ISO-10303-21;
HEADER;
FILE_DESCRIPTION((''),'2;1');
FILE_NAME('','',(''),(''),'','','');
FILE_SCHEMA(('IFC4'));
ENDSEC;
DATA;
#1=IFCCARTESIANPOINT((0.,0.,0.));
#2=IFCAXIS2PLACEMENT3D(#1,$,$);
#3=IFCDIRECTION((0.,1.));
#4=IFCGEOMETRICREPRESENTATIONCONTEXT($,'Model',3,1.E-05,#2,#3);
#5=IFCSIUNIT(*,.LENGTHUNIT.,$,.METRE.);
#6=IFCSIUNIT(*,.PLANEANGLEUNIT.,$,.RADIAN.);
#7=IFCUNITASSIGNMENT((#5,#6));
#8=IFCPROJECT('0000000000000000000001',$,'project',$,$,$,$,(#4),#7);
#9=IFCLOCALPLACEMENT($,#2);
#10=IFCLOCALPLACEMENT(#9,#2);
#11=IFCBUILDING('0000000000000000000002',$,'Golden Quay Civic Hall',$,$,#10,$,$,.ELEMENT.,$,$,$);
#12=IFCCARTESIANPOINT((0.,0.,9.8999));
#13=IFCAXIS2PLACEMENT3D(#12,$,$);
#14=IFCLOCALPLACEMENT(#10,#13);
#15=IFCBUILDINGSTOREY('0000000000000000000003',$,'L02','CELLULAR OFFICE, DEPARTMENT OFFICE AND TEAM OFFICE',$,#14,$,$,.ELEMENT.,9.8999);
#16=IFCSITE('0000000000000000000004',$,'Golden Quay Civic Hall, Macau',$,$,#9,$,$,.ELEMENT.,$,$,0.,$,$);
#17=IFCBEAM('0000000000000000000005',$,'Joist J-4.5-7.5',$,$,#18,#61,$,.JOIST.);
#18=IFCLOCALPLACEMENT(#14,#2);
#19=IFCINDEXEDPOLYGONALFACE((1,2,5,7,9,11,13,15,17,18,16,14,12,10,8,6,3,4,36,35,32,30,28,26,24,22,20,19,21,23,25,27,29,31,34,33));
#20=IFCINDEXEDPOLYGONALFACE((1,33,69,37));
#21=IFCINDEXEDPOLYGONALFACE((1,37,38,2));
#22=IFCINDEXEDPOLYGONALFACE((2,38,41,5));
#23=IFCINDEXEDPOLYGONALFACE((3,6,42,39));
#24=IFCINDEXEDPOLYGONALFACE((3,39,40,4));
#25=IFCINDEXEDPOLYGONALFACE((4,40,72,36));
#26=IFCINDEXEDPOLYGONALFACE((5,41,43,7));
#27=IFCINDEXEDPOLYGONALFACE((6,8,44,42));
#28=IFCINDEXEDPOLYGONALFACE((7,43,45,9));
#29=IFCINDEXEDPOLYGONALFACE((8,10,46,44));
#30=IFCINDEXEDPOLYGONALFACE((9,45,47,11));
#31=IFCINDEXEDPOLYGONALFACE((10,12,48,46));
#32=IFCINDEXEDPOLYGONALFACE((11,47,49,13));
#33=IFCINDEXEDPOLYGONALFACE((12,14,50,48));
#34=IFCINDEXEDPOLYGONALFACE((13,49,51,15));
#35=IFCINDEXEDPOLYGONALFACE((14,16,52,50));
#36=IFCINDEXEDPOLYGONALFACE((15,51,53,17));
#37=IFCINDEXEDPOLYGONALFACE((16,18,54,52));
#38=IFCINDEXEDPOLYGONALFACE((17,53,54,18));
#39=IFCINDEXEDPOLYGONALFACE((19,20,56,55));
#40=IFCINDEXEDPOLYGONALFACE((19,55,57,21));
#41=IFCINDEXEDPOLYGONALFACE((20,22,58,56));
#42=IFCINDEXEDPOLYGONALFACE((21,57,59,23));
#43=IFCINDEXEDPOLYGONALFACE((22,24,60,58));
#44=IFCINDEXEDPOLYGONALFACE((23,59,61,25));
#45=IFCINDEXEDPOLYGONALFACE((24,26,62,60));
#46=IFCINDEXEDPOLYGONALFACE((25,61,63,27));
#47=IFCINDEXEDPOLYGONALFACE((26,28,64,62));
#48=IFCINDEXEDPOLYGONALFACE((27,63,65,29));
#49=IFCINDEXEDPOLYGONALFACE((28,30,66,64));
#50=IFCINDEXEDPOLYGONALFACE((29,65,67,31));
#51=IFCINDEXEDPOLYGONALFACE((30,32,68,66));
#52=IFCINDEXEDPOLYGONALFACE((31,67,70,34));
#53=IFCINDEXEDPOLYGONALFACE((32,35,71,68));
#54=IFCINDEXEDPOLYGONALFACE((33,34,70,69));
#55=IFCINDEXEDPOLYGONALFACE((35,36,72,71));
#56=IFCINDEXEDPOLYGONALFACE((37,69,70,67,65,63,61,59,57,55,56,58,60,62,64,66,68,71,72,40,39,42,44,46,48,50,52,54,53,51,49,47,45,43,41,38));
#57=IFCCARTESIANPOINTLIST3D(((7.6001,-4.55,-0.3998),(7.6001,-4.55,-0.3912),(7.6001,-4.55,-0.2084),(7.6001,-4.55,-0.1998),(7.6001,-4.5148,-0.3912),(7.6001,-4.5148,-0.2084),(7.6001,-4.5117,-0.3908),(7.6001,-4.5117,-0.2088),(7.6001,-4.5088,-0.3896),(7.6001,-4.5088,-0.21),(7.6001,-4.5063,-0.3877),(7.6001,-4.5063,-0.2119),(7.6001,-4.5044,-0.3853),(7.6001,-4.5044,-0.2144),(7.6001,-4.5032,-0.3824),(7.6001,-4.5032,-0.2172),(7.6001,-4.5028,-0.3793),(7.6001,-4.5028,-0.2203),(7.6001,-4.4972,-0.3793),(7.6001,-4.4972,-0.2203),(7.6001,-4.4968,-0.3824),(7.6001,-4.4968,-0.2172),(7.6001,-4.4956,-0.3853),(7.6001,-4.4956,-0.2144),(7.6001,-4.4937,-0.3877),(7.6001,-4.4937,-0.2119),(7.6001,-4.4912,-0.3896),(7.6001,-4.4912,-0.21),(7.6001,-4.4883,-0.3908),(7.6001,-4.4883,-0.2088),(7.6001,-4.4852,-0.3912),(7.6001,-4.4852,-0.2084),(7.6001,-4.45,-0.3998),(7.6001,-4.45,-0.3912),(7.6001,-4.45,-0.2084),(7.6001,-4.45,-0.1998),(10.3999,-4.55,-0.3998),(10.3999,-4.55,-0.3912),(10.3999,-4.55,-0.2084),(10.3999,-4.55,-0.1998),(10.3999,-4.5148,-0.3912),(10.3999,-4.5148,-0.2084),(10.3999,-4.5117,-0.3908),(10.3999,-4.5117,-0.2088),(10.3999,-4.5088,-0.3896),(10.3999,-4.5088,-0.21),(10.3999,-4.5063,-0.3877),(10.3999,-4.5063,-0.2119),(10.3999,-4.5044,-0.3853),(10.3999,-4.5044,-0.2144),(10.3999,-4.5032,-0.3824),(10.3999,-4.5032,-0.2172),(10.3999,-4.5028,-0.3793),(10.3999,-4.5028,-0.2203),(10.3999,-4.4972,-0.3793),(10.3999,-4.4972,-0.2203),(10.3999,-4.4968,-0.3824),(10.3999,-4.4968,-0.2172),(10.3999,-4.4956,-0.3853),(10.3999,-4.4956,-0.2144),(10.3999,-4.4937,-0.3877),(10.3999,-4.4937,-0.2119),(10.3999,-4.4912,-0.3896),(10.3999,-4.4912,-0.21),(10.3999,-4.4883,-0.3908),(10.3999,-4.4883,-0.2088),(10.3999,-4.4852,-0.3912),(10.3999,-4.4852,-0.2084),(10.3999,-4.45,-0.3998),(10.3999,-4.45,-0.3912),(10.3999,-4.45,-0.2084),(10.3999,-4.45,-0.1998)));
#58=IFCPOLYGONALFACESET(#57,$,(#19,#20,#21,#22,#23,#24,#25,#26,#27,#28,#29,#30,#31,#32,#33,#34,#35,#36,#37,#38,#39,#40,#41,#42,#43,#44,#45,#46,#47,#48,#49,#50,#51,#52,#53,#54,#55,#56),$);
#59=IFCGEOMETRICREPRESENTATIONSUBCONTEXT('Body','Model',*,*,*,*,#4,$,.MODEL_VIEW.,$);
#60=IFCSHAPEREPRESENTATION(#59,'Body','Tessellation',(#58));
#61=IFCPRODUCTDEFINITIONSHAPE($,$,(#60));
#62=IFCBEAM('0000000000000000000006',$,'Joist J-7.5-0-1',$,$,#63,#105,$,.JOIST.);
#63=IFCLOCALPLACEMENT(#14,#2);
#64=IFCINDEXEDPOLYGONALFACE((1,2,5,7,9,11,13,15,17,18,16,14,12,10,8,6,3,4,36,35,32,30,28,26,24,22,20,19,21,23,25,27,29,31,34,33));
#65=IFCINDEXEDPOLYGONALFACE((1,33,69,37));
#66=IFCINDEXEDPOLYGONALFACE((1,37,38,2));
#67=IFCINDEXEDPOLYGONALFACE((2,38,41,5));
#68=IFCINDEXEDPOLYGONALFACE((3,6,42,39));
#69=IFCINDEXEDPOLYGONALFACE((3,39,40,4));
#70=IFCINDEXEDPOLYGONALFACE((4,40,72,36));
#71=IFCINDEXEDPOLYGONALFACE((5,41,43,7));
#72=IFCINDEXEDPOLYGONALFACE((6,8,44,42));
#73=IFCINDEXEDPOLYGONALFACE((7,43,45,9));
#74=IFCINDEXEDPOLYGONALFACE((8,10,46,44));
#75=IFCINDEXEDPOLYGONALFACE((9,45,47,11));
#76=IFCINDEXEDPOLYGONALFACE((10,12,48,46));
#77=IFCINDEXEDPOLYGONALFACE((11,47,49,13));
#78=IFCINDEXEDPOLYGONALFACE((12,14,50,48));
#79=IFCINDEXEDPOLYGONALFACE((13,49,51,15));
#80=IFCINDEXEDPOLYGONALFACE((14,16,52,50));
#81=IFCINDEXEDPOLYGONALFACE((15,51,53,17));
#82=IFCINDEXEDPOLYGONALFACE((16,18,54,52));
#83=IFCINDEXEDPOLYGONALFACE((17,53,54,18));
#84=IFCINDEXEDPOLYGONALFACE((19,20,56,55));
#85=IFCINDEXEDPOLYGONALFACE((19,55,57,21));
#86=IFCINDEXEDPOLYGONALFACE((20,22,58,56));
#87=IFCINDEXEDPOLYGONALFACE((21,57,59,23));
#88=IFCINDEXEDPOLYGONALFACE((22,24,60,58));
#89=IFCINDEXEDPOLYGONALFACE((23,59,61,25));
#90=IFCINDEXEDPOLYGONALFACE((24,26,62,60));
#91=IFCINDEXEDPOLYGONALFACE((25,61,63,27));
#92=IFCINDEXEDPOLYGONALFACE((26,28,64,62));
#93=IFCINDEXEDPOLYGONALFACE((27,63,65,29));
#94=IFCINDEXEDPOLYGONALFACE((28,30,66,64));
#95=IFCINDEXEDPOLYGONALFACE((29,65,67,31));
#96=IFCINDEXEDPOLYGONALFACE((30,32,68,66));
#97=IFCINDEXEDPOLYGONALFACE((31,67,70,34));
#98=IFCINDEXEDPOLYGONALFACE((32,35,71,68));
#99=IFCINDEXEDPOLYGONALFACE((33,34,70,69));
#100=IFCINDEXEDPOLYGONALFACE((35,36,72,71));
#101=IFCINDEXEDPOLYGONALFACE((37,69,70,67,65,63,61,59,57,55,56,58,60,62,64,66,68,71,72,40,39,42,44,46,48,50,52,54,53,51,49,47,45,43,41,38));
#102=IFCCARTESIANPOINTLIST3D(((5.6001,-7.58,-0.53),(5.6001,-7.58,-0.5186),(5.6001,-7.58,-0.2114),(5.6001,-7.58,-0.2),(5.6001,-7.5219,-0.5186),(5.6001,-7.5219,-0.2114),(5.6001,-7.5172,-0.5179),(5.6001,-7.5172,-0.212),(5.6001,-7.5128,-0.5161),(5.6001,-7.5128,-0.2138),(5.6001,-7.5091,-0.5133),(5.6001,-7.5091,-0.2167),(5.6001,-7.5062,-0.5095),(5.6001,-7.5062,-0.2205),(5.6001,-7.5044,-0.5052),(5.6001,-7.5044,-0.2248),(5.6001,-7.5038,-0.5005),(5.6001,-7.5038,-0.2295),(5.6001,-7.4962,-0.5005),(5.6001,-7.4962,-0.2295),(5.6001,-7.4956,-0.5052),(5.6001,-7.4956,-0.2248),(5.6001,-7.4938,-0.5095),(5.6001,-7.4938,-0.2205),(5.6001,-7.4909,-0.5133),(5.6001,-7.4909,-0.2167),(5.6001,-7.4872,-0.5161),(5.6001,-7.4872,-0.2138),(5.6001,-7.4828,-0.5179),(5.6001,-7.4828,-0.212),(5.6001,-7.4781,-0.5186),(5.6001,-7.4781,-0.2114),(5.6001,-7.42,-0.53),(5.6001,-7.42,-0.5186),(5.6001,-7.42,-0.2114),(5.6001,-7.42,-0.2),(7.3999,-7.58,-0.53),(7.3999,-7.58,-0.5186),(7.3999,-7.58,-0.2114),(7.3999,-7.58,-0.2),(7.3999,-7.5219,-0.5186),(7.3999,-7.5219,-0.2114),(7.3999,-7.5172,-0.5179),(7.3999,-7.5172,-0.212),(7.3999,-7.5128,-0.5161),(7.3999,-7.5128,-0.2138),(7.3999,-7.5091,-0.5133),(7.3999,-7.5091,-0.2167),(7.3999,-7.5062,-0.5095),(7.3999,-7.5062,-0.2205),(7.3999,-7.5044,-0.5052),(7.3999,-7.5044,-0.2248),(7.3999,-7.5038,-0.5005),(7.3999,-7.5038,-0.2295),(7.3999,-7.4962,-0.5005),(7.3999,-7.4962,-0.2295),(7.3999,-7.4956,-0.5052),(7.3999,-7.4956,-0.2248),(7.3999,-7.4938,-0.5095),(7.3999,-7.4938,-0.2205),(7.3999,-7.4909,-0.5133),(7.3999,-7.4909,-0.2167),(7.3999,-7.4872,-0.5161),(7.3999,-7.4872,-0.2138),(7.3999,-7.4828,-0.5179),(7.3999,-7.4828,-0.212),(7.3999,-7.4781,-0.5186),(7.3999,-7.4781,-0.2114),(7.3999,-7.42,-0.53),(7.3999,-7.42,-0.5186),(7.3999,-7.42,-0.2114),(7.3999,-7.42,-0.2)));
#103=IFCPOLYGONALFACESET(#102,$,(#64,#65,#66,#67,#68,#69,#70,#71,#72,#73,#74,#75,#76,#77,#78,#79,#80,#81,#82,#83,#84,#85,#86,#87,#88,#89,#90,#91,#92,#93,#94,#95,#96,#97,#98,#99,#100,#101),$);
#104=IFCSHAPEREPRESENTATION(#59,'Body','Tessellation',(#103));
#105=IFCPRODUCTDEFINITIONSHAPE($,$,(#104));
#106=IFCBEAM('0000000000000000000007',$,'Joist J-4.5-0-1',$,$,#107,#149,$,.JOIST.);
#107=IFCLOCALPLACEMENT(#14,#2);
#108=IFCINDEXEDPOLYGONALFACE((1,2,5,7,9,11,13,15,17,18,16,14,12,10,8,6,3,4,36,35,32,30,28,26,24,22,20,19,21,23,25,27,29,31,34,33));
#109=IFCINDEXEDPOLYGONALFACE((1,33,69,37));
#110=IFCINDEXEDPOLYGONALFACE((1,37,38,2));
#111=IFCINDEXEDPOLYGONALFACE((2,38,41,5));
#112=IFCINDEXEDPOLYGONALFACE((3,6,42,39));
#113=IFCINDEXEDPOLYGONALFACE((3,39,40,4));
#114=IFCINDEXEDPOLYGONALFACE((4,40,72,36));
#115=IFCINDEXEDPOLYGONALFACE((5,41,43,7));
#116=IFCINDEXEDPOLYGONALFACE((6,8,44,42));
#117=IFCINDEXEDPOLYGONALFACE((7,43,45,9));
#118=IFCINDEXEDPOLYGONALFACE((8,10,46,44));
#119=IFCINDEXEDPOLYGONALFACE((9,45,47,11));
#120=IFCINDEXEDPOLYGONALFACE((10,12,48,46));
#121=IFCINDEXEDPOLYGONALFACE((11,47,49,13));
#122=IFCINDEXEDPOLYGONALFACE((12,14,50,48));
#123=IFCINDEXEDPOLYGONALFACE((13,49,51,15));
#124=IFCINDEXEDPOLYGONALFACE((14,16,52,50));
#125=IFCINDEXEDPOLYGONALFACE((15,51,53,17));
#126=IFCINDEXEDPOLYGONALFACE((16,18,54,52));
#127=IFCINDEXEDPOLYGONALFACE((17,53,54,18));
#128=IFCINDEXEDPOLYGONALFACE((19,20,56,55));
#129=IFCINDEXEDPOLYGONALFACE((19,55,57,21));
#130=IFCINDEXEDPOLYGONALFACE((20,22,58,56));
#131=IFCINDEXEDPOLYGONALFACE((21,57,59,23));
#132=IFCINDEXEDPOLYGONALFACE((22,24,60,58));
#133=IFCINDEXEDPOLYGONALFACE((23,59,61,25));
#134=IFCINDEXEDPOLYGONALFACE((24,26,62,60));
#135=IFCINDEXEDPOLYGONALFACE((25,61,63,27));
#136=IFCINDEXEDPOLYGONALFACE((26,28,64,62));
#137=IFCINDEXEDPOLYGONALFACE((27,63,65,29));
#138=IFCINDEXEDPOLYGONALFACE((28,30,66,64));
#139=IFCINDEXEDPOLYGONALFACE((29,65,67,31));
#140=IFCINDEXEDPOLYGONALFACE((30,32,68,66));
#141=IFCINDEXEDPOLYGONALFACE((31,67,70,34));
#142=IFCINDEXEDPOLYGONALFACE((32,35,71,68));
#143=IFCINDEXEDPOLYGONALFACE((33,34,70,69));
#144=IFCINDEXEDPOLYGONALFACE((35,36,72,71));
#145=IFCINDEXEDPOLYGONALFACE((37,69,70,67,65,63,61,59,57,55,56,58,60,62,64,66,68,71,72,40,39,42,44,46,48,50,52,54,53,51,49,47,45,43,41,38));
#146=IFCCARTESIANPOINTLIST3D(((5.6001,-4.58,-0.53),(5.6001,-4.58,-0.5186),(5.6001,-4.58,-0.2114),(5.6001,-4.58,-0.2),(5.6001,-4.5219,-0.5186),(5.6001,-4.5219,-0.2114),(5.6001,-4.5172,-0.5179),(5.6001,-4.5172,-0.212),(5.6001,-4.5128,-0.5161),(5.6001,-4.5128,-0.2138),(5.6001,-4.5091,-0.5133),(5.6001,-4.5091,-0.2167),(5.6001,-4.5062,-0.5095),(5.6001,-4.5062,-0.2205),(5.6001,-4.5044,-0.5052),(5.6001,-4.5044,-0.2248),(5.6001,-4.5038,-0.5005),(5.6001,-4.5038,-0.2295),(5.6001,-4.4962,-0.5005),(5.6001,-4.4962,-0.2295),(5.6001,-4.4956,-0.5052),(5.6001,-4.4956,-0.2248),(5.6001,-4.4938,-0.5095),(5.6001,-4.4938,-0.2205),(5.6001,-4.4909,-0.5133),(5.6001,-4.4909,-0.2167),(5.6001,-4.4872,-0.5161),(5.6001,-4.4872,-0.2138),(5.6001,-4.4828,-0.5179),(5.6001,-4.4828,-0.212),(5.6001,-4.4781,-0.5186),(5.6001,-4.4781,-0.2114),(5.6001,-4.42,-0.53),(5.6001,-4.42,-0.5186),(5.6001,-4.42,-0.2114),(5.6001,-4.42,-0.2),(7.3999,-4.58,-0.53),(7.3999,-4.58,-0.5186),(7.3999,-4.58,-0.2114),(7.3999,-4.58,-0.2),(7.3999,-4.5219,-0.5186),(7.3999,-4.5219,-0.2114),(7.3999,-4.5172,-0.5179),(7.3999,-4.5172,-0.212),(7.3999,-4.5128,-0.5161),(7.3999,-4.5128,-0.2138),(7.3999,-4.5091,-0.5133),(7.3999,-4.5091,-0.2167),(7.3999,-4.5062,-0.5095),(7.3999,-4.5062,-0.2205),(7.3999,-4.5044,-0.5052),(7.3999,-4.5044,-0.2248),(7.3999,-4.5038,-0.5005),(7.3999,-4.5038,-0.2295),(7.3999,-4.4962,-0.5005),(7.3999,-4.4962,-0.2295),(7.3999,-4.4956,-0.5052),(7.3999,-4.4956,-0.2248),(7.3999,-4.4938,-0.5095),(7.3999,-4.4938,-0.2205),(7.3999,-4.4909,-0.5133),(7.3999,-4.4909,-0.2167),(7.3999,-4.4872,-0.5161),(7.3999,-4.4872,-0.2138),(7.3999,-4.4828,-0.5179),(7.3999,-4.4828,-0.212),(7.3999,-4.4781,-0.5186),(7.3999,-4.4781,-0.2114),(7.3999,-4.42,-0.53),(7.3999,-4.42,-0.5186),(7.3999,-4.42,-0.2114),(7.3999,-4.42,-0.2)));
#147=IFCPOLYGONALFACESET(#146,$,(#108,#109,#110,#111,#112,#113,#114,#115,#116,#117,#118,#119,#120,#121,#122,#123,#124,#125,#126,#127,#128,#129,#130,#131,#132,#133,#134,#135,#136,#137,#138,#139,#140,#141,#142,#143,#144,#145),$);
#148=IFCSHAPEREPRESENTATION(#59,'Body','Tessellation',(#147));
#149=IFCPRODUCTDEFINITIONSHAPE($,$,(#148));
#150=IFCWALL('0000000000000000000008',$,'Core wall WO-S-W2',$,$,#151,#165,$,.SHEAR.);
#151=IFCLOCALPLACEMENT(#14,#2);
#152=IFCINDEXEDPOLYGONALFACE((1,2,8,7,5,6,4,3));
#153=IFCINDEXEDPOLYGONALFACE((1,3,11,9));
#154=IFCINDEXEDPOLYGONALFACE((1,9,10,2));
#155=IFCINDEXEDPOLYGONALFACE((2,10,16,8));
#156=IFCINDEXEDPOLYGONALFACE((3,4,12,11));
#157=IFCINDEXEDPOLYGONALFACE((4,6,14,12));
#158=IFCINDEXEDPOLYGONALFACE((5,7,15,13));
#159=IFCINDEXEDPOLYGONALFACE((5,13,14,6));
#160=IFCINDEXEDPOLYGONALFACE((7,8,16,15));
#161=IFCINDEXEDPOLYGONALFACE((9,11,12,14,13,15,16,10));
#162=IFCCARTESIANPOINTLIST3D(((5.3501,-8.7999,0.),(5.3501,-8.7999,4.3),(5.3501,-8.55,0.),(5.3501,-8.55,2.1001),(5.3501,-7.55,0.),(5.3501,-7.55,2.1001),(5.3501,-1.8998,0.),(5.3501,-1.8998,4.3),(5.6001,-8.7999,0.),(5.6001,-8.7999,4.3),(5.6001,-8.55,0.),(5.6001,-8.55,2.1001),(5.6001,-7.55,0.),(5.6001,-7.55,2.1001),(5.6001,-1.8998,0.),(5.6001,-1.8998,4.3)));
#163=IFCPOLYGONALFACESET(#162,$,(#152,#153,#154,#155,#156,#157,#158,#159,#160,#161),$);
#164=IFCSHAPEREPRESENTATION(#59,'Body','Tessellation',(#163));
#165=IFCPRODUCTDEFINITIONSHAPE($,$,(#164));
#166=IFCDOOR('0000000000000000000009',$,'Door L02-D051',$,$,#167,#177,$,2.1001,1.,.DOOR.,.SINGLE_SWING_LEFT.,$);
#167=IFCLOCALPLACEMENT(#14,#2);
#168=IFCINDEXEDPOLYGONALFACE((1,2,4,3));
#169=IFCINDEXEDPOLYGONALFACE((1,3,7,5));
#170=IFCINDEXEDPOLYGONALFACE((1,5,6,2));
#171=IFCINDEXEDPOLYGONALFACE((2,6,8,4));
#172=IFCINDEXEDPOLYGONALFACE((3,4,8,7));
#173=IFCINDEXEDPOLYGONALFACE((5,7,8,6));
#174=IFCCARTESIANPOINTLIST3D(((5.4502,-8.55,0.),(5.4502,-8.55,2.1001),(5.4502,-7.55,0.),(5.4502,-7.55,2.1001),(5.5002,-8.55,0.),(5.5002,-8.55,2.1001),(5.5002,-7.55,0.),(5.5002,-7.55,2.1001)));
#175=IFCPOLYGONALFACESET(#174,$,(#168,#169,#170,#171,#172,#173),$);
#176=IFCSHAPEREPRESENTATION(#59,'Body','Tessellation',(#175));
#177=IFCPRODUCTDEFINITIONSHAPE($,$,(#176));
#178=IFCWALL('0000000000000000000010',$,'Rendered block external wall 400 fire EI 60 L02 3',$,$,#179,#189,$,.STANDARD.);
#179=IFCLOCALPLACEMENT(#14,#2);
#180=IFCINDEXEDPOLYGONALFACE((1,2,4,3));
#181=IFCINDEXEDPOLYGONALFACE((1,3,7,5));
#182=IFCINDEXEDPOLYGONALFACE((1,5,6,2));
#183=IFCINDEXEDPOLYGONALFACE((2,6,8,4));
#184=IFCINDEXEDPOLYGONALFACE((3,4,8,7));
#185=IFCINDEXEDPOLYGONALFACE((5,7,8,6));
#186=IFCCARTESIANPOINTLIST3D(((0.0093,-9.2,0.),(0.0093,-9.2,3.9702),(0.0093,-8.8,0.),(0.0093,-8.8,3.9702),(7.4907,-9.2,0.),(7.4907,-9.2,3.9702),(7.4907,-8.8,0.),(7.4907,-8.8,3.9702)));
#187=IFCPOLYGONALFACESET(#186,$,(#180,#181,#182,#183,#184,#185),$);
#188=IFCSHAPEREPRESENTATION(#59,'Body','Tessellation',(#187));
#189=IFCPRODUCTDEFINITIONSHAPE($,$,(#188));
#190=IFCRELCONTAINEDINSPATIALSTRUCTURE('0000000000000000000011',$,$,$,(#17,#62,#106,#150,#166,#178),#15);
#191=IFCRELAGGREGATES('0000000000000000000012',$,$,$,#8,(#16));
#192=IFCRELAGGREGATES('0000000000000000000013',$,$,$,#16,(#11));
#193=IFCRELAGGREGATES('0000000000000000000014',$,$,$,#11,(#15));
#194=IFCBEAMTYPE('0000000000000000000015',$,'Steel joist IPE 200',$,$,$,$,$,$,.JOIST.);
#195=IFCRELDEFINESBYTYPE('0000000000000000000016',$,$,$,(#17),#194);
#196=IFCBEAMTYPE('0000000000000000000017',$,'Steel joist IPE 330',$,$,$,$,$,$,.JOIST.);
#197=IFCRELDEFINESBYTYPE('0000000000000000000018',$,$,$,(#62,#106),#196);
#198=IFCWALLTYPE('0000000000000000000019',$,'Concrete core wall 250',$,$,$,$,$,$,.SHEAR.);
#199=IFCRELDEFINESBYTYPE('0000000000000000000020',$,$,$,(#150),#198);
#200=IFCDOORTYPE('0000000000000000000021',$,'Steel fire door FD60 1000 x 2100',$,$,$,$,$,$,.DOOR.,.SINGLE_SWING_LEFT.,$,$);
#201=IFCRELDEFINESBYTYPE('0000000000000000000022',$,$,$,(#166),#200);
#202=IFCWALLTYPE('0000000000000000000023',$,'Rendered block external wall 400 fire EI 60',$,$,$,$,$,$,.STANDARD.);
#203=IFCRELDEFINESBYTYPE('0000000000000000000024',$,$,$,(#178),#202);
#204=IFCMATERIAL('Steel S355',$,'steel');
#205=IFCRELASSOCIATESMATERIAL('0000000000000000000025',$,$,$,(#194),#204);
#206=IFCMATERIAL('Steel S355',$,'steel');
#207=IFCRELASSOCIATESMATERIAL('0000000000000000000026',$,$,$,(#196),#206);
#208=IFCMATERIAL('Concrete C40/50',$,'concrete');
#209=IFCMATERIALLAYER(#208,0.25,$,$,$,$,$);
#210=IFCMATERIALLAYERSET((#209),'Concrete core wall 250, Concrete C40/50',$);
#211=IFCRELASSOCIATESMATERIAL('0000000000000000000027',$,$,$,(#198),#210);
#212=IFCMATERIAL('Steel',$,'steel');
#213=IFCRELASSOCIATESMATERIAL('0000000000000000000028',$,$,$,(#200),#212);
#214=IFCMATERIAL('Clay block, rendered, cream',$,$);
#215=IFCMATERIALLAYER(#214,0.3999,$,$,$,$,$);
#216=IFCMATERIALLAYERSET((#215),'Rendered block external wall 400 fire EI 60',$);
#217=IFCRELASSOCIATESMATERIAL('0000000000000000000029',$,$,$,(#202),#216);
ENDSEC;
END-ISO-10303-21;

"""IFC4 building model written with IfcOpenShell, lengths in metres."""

from ifc_helpers import new_model, si_unit, direction, frame, frame_2d, origin, origin_2d, place, context, subcontext, project, spatial, rectangle, i_section, extrude, material, layer, layer_set, material_profile, profile_set, type_object, element, fill, save


model = new_model("IFC4")

# Units and contexts
model_context = context("Model", 3, precision=1e-05, world=origin(), true_north=direction((0.0, 1.0)))
body_context = subcontext(model_context, "Body", "Model", "MODEL_VIEW")
ifc_project = project(units=[si_unit("LENGTHUNIT", "METRE"), si_unit("PLANEANGLEUNIT", "RADIAN")], contexts=[model_context])

# Site, building, storey
site_placement = place(None, origin())
site = spatial("IfcSite", under=ifc_project, at=site_placement, Name="Golden Quay Civic Hall, Macau", CompositionType="ELEMENT", RefElevation=0.0)
building_placement = place(site_placement, origin())
building = spatial("IfcBuilding", under=site, at=building_placement, Name="Golden Quay Civic Hall", CompositionType="ELEMENT")
storey_placement = place(building_placement, frame((0.0, 0.0, 9.8999)))
storey = spatial("IfcBuildingStorey", under=building, at=storey_placement, Name="L02", Description="CELLULAR OFFICE, DEPARTMENT OFFICE AND TEAM OFFICE", CompositionType="ELEMENT", Elevation=9.8999)

# Beams
ifc_material_1 = material(Name="Steel S355", Category="steel")
ifc_material_profile_1 = material_profile(ifc_material_1, i_section(OverallWidth=0.1001, OverallDepth=0.2, WebThickness=0.0056, FlangeThickness=0.0085, FilletRadius=0.012, at=origin_2d()), Name="IPE 200")
ifc_profile_set_1 = profile_set([ifc_material_profile_1], Name="Steel S355")
beam_type_1 = type_object("IfcBeamType", Name="Steel joist IPE 200", PredefinedType="JOIST", material=ifc_profile_set_1)
for number, where, z_axis, x_axis, name in (
    (1, (7.6001, -4.5, -0.2998), (1.0, 0.0, 0.0), (0.0, 1.0, 0.0), "Joist J-4.5-7.5"),
):
    element("IfcBeam", number, at=place(storey_placement, frame(where, z_axis=z_axis, x_axis=x_axis)), inside=storey, type_object=beam_type_1, Name=name, PredefinedType="JOIST", context=body_context, shape_type="SweptSolid", body=[
        extrude(i_section(OverallWidth=0.1001, OverallDepth=0.2, WebThickness=0.0056, FlangeThickness=0.0085, FilletRadius=0.012, at=origin_2d()), origin(), (0.0, 0.0, 1.0), 2.7998),
    ])
ifc_material_2 = material(Name="Steel S355", Category="steel")
ifc_material_profile_2 = material_profile(ifc_material_2, i_section(OverallWidth=0.1599, OverallDepth=0.3301, WebThickness=0.0076, FlangeThickness=0.0115, FilletRadius=0.0181, at=origin_2d()), Name="IPE 330")
ifc_profile_set_2 = profile_set([ifc_material_profile_2], Name="Steel S355")
beam_type_2 = type_object("IfcBeamType", Name="Steel joist IPE 330", PredefinedType="JOIST", material=ifc_profile_set_2)
for number, where, z_axis, x_axis, name in (
    (2, (5.6001, -7.5, -0.365), (1.0, 0.0, 0.0), (0.0, 1.0, 0.0), "Joist J-7.5-0-1"),
    (3, (5.6001, -4.5, -0.365), (1.0, 0.0, 0.0), (0.0, 1.0, 0.0), "Joist J-4.5-0-1"),
):
    element("IfcBeam", number, at=place(storey_placement, frame(where, z_axis=z_axis, x_axis=x_axis)), inside=storey, type_object=beam_type_2, Name=name, PredefinedType="JOIST", context=body_context, shape_type="SweptSolid", body=[
        extrude(i_section(OverallWidth=0.1599, OverallDepth=0.3301, WebThickness=0.0076, FlangeThickness=0.0115, FilletRadius=0.0181, at=origin_2d()), origin(), (0.0, 0.0, 1.0), 1.7998),
    ])

# Wall, opening, door
ifc_material_3 = material(Name="Concrete C40/50", Category="concrete")
ifc_layer_1 = layer(ifc_material_3, 0.25)
ifc_layer_set_1 = layer_set([ifc_layer_1], Name="Concrete core wall 250, Concrete C40/50")
wall_type_1 = type_object("IfcWallType", Name="Concrete core wall 250", PredefinedType="SHEAR", material=ifc_layer_set_1)
wall_1_placement = place(storey_placement, frame((5.4751, -8.8, 0.0), z_axis=(0.0, 0.0, 1.0), x_axis=(0.0, 1.0, 0.0)))
wall_1 = element("IfcWall", 4, at=wall_1_placement, inside=storey, type_object=wall_type_1, Name="Core wall WO-S-W2", PredefinedType="SHEAR", context=body_context, shape_type="SweptSolid", body=[
    extrude(rectangle(XDim=6.9001, YDim=0.25, at=frame_2d((3.4502, 0.0))), origin(), (0.0, 0.0, 1.0), 4.3),
])
opening_1_placement = place(wall_1_placement, frame((0.25, 0.0, 0.0)))
opening_1 = element("IfcOpeningElement", 5, at=opening_1_placement, cuts=wall_1, PredefinedType="OPENING", context=body_context, shape_type="SweptSolid", body=[
    extrude(rectangle(XDim=1.0, YDim=2.1001, at=frame_2d((0.5, 1.05))), frame((0.0, 0.135, 0.0), z_axis=(0.0, -1.0, 0.0), x_axis=(1.0, 0.0, 0.0)), (0.0, 0.0, 1.0), 0.27),
])
ifc_material_4 = material(Name="Steel", Category="steel")
door_type_1 = type_object("IfcDoorType", Name="Steel fire door FD60 1000 x 2100", OperationType="SINGLE_SWING_LEFT", PredefinedType="DOOR", material=ifc_material_4)
door_1_placement = place(opening_1_placement, origin())
door_1 = element("IfcDoor", 6, at=door_1_placement, inside=storey, type_object=door_type_1, Name="Door L02-D051", OperationType="SINGLE_SWING_LEFT", OverallHeight=2.1001, OverallWidth=1.0, PredefinedType="DOOR", context=body_context, shape_type="SweptSolid", body=[
    extrude(rectangle(XDim=1.0, YDim=2.1001, at=frame_2d((0.5, 1.05))), frame((0.0, 0.0249, 0.0), z_axis=(0.0, -1.0, 0.0), x_axis=(1.0, 0.0, 0.0)), (0.0, 0.0, 1.0), 0.05),
])
fill(opening_1, door_1)

# Wall
ifc_material_5 = material(Name="Clay block, rendered, cream")
ifc_layer_2 = layer(ifc_material_5, 0.3999)
ifc_layer_set_2 = layer_set([ifc_layer_2], Name="Rendered block external wall 400 fire EI 60")
wall_type_2 = type_object("IfcWallType", Name="Rendered block external wall 400 fire EI 60", PredefinedType="STANDARD", material=ifc_layer_set_2)
wall_2_placement = place(storey_placement, frame((7.4907, -9.0, 0.0), z_axis=(0.0, 0.0, 1.0), x_axis=(-1.0, 0.0, 0.0)))
element("IfcWall", 7, at=wall_2_placement, inside=storey, type_object=wall_type_2, Name="Rendered block external wall 400 fire EI 60 L02 3", PredefinedType="STANDARD", context=body_context, shape_type="SweptSolid", body=[
    extrude(rectangle(XDim=7.4814, YDim=0.3999, at=frame_2d((3.7407, 0.0))), origin(), (0.0, 0.0, 1.0), 3.9702),
])

save(model, "model.ifc")
